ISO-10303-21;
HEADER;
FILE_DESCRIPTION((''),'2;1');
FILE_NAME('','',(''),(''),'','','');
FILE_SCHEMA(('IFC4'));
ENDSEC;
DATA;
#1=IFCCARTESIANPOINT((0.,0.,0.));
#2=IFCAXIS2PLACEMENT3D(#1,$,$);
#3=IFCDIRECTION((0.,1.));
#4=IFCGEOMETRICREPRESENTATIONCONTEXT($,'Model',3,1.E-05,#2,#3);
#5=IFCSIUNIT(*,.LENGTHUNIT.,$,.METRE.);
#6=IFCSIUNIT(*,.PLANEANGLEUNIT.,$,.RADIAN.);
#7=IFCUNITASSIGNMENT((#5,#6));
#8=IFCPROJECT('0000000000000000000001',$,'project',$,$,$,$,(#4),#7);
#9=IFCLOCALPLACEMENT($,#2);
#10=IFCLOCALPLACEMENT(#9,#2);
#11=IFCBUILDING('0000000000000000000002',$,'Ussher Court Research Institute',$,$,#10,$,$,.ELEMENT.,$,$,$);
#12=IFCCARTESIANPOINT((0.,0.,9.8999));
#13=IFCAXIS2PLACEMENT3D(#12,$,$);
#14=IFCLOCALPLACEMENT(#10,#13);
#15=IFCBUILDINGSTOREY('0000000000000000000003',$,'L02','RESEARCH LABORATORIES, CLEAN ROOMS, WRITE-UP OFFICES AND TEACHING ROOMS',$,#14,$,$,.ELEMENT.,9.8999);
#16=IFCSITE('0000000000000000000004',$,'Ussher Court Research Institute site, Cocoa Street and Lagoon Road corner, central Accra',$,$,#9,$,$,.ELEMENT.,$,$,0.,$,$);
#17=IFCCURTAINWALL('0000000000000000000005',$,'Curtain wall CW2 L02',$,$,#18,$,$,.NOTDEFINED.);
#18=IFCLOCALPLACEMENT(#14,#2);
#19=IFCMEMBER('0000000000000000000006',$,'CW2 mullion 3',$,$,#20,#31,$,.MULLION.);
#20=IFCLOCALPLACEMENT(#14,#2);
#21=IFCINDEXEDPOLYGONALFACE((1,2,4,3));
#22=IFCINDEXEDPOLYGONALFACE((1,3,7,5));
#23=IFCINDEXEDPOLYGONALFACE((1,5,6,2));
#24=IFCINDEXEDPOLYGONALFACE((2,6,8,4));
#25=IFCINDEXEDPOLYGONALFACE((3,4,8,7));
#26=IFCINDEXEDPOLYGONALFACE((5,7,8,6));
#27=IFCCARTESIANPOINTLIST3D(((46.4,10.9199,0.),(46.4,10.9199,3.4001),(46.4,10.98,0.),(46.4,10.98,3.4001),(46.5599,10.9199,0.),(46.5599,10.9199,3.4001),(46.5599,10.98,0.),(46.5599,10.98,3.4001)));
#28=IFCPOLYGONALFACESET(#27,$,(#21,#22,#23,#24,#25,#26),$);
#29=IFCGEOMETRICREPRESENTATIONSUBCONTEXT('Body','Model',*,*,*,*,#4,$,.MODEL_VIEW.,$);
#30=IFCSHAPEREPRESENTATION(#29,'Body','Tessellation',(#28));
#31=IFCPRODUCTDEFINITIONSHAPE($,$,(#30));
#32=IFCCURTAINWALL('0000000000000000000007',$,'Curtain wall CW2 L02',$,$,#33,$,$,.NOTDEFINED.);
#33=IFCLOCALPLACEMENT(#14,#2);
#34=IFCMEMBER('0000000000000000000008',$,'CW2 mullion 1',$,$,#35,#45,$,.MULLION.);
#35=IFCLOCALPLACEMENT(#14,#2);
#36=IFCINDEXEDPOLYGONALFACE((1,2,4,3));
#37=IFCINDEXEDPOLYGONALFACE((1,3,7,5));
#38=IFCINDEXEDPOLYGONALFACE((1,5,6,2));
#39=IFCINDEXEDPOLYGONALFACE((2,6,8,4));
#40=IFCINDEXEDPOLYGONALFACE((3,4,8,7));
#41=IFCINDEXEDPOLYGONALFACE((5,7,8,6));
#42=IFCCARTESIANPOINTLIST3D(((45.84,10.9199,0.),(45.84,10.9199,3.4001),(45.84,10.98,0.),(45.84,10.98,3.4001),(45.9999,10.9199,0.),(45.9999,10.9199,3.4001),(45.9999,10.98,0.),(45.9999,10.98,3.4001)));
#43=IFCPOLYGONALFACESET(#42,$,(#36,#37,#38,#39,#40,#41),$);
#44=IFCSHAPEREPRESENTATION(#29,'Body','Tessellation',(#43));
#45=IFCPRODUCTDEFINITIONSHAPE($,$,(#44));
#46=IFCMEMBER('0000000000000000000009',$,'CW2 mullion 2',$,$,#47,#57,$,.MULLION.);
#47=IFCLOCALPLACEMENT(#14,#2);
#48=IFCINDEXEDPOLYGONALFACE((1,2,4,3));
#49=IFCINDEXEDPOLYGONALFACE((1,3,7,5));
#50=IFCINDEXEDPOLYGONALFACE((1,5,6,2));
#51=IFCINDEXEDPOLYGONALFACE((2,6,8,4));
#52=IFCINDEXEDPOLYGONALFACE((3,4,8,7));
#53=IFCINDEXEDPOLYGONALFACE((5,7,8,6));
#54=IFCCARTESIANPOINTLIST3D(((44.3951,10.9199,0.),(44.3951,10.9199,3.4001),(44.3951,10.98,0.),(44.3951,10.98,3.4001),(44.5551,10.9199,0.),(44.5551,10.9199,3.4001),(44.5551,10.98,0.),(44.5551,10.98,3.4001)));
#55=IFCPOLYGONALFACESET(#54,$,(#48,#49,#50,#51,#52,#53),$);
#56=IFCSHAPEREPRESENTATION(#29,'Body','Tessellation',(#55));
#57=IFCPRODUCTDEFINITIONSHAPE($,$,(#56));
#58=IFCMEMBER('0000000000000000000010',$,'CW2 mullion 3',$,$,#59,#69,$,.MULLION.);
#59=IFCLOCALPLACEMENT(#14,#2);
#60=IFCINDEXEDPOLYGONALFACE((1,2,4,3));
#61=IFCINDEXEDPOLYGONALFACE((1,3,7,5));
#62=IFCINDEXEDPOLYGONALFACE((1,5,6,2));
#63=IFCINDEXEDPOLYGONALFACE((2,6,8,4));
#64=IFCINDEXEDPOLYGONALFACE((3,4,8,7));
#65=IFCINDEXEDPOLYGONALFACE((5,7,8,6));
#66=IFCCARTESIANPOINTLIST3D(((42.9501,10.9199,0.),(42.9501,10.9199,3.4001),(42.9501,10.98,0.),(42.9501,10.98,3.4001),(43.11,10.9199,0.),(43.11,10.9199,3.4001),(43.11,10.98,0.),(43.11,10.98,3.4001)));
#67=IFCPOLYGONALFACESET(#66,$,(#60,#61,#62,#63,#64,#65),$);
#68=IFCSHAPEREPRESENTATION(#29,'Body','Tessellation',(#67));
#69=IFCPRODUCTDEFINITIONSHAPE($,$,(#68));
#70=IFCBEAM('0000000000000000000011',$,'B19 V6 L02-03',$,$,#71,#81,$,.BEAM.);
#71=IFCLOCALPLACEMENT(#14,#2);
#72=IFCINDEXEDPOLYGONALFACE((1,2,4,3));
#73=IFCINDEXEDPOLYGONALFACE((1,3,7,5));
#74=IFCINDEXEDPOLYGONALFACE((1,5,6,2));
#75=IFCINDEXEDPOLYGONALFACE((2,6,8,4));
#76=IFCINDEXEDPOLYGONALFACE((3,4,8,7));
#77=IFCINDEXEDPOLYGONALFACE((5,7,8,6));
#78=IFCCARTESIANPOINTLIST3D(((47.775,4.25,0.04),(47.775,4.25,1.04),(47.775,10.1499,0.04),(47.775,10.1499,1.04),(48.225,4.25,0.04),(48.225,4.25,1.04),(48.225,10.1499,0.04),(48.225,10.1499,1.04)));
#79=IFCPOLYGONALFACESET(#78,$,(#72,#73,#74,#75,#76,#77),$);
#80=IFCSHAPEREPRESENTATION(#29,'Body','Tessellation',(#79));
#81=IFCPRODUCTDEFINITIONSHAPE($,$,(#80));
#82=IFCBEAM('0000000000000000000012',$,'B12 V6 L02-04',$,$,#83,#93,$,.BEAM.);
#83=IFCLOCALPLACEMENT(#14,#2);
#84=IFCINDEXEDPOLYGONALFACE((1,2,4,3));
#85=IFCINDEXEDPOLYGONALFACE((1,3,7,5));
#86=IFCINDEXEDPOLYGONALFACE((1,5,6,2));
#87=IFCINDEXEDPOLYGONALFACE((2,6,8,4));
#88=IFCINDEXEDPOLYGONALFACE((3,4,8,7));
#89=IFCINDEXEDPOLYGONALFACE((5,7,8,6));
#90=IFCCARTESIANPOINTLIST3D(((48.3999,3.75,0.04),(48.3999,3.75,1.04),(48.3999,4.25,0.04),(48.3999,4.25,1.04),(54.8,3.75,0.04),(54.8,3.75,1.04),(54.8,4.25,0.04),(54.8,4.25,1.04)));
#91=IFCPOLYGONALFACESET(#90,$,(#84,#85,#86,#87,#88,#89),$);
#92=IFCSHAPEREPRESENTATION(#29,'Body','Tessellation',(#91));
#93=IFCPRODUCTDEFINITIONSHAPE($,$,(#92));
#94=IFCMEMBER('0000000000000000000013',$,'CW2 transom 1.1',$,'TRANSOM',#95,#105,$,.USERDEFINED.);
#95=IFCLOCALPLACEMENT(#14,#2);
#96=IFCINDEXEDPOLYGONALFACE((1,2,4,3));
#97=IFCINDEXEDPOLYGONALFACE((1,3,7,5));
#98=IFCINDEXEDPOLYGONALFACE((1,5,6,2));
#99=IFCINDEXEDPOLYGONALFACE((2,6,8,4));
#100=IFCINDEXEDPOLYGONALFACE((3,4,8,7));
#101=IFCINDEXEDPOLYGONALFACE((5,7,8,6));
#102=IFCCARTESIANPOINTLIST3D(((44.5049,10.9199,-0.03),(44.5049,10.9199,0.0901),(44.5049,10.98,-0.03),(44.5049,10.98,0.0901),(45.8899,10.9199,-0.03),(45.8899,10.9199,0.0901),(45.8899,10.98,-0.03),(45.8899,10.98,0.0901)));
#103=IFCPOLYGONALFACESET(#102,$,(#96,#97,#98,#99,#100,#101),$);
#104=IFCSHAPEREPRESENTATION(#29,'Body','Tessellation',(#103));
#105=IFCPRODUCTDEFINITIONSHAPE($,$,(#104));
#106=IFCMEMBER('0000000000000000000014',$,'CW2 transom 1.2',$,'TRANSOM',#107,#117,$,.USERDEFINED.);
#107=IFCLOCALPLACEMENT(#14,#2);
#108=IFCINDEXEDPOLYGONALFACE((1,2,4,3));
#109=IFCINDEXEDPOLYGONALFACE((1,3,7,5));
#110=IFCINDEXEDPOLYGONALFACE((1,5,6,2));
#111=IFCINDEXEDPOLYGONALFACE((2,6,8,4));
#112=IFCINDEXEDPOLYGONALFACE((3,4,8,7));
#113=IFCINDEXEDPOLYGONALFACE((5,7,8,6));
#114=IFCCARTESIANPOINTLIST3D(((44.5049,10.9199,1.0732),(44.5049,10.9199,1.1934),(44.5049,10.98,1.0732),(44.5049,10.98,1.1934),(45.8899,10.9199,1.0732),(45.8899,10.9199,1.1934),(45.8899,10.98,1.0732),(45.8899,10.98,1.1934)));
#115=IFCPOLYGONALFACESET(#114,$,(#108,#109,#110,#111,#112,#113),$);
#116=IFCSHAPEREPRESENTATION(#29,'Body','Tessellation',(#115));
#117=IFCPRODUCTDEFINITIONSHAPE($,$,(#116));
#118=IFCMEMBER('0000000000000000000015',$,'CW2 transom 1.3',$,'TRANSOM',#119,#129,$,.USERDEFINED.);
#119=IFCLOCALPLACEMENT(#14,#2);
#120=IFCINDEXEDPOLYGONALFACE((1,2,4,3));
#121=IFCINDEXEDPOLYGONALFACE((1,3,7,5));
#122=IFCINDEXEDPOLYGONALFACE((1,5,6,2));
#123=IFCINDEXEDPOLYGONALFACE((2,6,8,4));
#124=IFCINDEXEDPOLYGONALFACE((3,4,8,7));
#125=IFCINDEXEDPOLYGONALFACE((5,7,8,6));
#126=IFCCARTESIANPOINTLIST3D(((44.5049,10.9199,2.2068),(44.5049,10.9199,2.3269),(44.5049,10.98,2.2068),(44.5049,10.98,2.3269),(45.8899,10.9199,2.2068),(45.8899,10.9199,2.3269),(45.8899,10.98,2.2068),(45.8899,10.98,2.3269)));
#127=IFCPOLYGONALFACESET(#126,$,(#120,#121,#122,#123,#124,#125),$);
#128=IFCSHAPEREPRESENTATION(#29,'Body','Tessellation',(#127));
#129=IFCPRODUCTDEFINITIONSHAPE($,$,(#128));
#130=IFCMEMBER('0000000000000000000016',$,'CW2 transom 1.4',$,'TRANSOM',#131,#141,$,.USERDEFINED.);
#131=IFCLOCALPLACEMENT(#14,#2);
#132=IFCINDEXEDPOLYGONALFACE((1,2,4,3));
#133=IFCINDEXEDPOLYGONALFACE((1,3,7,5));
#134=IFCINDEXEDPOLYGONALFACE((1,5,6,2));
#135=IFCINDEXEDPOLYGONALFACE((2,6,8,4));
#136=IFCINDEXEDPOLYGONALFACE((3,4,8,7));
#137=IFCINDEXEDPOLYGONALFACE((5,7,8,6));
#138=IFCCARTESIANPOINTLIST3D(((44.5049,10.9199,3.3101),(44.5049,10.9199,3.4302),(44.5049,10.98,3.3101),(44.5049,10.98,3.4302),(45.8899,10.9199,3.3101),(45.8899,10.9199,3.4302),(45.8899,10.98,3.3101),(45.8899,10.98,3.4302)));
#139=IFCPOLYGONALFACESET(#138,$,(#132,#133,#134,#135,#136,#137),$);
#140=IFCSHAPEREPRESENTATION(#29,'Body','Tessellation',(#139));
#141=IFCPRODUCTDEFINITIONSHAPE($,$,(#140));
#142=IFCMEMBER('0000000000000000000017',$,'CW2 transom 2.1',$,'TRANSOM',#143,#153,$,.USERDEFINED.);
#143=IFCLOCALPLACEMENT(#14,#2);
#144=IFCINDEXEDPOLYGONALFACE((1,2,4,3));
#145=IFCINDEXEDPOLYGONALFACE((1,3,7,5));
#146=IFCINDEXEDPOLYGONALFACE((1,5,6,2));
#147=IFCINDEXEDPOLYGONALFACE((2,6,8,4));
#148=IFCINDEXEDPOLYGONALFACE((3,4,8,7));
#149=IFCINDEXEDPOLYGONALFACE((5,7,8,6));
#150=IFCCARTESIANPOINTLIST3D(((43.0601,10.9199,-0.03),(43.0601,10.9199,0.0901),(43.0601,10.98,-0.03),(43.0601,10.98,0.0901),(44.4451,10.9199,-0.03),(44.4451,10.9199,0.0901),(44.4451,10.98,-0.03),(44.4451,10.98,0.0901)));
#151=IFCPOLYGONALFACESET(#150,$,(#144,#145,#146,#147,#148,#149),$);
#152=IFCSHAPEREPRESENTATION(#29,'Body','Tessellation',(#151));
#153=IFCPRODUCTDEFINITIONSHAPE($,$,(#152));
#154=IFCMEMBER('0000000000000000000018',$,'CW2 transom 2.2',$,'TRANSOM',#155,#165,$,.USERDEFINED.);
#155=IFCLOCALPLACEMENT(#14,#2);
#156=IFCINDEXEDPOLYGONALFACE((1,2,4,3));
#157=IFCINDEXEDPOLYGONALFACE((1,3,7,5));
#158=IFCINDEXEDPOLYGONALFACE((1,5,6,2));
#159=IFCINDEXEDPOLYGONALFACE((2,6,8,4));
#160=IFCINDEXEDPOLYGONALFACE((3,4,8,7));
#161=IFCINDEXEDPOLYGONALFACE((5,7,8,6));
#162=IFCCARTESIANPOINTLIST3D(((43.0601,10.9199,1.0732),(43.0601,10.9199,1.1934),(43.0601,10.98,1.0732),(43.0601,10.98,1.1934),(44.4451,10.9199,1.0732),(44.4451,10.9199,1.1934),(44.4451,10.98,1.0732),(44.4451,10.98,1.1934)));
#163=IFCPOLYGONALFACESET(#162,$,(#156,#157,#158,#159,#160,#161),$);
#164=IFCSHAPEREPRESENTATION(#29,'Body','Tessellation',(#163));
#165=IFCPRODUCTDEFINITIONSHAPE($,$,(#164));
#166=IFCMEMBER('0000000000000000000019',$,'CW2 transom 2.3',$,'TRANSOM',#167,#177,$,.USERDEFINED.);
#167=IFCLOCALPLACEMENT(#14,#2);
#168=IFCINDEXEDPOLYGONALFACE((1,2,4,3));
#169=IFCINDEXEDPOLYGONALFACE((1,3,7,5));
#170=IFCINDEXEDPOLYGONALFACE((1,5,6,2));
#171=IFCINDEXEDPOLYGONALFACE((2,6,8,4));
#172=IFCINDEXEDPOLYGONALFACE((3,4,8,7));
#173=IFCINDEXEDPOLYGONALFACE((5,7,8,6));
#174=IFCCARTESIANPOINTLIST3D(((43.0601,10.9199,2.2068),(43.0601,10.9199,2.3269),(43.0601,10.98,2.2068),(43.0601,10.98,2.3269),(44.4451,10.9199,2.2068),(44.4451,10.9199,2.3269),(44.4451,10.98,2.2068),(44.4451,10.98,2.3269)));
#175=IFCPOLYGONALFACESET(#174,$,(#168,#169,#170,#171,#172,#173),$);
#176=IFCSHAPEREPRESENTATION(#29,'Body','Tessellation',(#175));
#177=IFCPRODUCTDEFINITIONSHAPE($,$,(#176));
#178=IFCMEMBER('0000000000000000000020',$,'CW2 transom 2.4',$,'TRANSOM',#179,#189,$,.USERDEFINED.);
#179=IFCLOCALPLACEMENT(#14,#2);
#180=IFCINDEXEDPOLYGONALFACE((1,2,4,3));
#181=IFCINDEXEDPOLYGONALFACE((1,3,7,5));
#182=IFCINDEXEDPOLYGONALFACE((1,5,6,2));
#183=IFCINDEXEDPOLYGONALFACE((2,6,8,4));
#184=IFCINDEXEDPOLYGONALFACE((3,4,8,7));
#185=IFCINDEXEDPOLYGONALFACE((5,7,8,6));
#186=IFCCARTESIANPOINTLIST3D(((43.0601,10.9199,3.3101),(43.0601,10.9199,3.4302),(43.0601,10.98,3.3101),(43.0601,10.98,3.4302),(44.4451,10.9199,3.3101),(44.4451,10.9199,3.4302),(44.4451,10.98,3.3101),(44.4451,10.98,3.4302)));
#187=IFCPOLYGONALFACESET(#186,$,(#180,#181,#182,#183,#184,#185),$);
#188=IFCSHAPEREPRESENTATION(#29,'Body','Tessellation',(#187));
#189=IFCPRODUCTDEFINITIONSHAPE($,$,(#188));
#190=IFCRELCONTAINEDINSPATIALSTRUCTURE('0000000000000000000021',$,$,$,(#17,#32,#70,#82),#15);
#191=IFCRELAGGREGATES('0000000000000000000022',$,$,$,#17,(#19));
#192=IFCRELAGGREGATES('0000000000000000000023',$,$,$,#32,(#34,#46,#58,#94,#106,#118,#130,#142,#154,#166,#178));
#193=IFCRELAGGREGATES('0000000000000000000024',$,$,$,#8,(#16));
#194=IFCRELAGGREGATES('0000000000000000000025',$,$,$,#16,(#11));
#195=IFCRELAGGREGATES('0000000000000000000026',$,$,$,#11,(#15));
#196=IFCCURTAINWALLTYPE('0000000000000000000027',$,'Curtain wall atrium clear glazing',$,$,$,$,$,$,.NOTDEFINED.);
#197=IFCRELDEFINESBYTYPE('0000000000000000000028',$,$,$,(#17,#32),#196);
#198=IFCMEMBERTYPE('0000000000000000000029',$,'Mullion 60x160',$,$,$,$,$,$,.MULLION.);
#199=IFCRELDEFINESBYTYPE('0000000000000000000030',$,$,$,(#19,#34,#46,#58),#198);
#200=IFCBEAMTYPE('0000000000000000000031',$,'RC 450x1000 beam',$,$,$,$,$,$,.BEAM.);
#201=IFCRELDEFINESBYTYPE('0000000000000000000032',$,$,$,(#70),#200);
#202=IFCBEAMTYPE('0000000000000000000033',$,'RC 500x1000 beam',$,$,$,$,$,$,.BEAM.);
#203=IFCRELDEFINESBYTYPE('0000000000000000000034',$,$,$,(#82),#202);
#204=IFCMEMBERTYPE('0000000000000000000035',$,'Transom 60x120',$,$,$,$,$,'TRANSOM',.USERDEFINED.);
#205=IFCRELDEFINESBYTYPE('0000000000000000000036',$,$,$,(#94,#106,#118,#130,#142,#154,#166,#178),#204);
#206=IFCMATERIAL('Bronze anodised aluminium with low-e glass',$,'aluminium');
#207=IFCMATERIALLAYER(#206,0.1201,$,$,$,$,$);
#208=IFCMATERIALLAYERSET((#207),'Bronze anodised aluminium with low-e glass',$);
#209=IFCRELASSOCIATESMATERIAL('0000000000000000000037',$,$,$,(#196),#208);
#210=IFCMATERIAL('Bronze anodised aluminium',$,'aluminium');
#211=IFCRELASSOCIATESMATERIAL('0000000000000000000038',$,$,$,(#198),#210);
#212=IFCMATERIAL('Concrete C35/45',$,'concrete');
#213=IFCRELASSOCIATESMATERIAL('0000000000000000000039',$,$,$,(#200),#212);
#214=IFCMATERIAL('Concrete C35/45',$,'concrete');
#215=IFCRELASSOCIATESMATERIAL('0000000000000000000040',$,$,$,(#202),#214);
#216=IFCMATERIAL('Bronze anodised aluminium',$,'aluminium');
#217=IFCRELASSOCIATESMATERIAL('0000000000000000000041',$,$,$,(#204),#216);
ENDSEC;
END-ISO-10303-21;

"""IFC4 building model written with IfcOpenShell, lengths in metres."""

from ifc_helpers import new_model, si_unit, direction, frame, origin, origin_2d, place, context, subcontext, project, spatial, rectangle, extrude, material, layer, layer_set, material_profile, profile_set, type_object, element, aggregate, save


model = new_model("IFC4")

# Units and contexts
model_context = context("Model", 3, precision=1e-05, world=origin(), true_north=direction((0.0, 1.0)))
body_context = subcontext(model_context, "Body", "Model", "MODEL_VIEW")
ifc_project = project(units=[si_unit("LENGTHUNIT", "METRE"), si_unit("PLANEANGLEUNIT", "RADIAN")], contexts=[model_context])

# Site, building, storey
site_placement = place(None, origin())
site = spatial("IfcSite", under=ifc_project, at=site_placement, Name="Ussher Court Research Institute site, Cocoa Street and Lagoon Road corner, central Accra", CompositionType="ELEMENT", RefElevation=0.0)
building_placement = place(site_placement, origin())
building = spatial("IfcBuilding", under=site, at=building_placement, Name="Ussher Court Research Institute", CompositionType="ELEMENT")
storey_placement = place(building_placement, frame((0.0, 0.0, 9.8999)))
storey = spatial("IfcBuildingStorey", under=building, at=storey_placement, Name="L02", Description="RESEARCH LABORATORIES, CLEAN ROOMS, WRITE-UP OFFICES AND TEACHING ROOMS", CompositionType="ELEMENT", Elevation=9.8999)

# Curtain wall, member
ifc_material_1 = material(Name="Bronze anodised aluminium with low-e glass", Category="aluminium")
ifc_layer_1 = layer(ifc_material_1, 0.1201)
ifc_layer_set_1 = layer_set([ifc_layer_1], Name="Bronze anodised aluminium with low-e glass")
curtain_wall_type = type_object("IfcCurtainWallType", Name="Curtain wall atrium clear glazing", PredefinedType="NOTDEFINED", material=ifc_layer_set_1)
curtain_wall_1_placement = place(storey_placement, origin())
curtain_wall_1 = element("IfcCurtainWall", 1, at=curtain_wall_1_placement, inside=storey, type_object=curtain_wall_type, Name="Curtain wall CW2 L02", PredefinedType="NOTDEFINED")
ifc_material_2 = material(Name="Bronze anodised aluminium", Category="aluminium")
ifc_material_profile_1 = material_profile(ifc_material_2, rectangle(XDim=0.0601, YDim=0.1599, at=origin_2d()), Name="Mullion 60x160")
ifc_profile_set_1 = profile_set([ifc_material_profile_1], Name="Bronze anodised aluminium")
member_type_1 = type_object("IfcMemberType", Name="Mullion 60x160", PredefinedType="MULLION", material=ifc_profile_set_1)
member_1_placement = place(storey_placement, frame((46.48, 10.95, 0.0), z_axis=(0.0, 0.0, 1.0), x_axis=(0.0, -1.0, 0.0)))
member_1 = element("IfcMember", 2, at=member_1_placement, type_object=member_type_1, Name="CW2 mullion 3", PredefinedType="MULLION", context=body_context, shape_type="SweptSolid", body=[
    extrude(rectangle(XDim=0.0601, YDim=0.1599, at=origin_2d()), origin(), (0.0, 0.0, 1.0), 3.4001),
])

# Curtain wall, members
curtain_wall_2_placement = place(storey_placement, origin())
curtain_wall_2 = element("IfcCurtainWall", 3, at=curtain_wall_2_placement, inside=storey, type_object=curtain_wall_type, Name="Curtain wall CW2 L02", PredefinedType="NOTDEFINED")
member_2_placement = place(storey_placement, frame((45.9199, 10.95, 0.0), z_axis=(0.0, 0.0, 1.0), x_axis=(0.0, -1.0, 0.0)))
member_2 = element("IfcMember", 4, at=member_2_placement, type_object=member_type_1, Name="CW2 mullion 1", PredefinedType="MULLION", context=body_context, shape_type="SweptSolid", body=[
    extrude(rectangle(XDim=0.0601, YDim=0.1599, at=origin_2d()), origin(), (0.0, 0.0, 1.0), 3.4001),
])
member_3_placement = place(storey_placement, frame((44.4751, 10.95, 0.0), z_axis=(0.0, 0.0, 1.0), x_axis=(0.0, -1.0, 0.0)))
member_3 = element("IfcMember", 5, at=member_3_placement, type_object=member_type_1, Name="CW2 mullion 2", PredefinedType="MULLION", context=body_context, shape_type="SweptSolid", body=[
    extrude(rectangle(XDim=0.0601, YDim=0.1599, at=origin_2d()), origin(), (0.0, 0.0, 1.0), 3.4001),
])
member_4_placement = place(storey_placement, frame((43.03, 10.95, 0.0), z_axis=(0.0, 0.0, 1.0), x_axis=(0.0, -1.0, 0.0)))
member_4 = element("IfcMember", 6, at=member_4_placement, type_object=member_type_1, Name="CW2 mullion 3", PredefinedType="MULLION", context=body_context, shape_type="SweptSolid", body=[
    extrude(rectangle(XDim=0.0601, YDim=0.1599, at=origin_2d()), origin(), (0.0, 0.0, 1.0), 3.4001),
])

# Beams
ifc_material_3 = material(Name="Concrete C35/45", Category="concrete")
ifc_material_profile_2 = material_profile(ifc_material_3, rectangle(XDim=0.45, YDim=1.0, at=origin_2d()), Name="RC 450x1000")
ifc_profile_set_2 = profile_set([ifc_material_profile_2], Name="Concrete C35/45")
beam_type_1 = type_object("IfcBeamType", Name="RC 450x1000 beam", PredefinedType="BEAM", material=ifc_profile_set_2)
beam_1_placement = place(storey_placement, frame((48.0, 4.25, 0.54), z_axis=(0.0, 1.0, 0.0), x_axis=(-1.0, 0.0, 0.0)))
element("IfcBeam", 7, at=beam_1_placement, inside=storey, type_object=beam_type_1, Name="B19 V6 L02-03", PredefinedType="BEAM", context=body_context, shape_type="SweptSolid", body=[
    extrude(rectangle(XDim=0.45, YDim=1.0, at=origin_2d()), origin(), (0.0, 0.0, 1.0), 5.8999),
])
ifc_material_4 = material(Name="Concrete C35/45", Category="concrete")
ifc_material_profile_3 = material_profile(ifc_material_4, rectangle(XDim=0.5, YDim=1.0, at=origin_2d()), Name="RC 500x1000")
ifc_profile_set_3 = profile_set([ifc_material_profile_3], Name="Concrete C35/45")
beam_type_2 = type_object("IfcBeamType", Name="RC 500x1000 beam", PredefinedType="BEAM", material=ifc_profile_set_3)
beam_2_placement = place(storey_placement, frame((48.3999, 4.0, 0.54), z_axis=(1.0, 0.0, 0.0), x_axis=(0.0, 1.0, 0.0)))
element("IfcBeam", 8, at=beam_2_placement, inside=storey, type_object=beam_type_2, Name="B12 V6 L02-04", PredefinedType="BEAM", context=body_context, shape_type="SweptSolid", body=[
    extrude(rectangle(XDim=0.5, YDim=1.0, at=origin_2d()), origin(), (0.0, 0.0, 1.0), 6.4001),
])

# Members
ifc_material_5 = material(Name="Bronze anodised aluminium", Category="aluminium")
ifc_material_profile_4 = material_profile(ifc_material_5, rectangle(XDim=0.0601, YDim=0.1201, at=origin_2d()), Name="Transom 60x120")
ifc_profile_set_4 = profile_set([ifc_material_profile_4], Name="Bronze anodised aluminium")
member_type_2 = type_object("IfcMemberType", Name="Transom 60x120", ElementType="TRANSOM", PredefinedType="USERDEFINED", material=ifc_profile_set_4)
member_5_placement = place(storey_placement, frame((45.8899, 10.95, 0.03), z_axis=(-1.0, 0.0, 0.0), x_axis=(0.0, -1.0, 0.0)))
member_5 = element("IfcMember", 9, at=member_5_placement, type_object=member_type_2, Name="CW2 transom 1.1", ObjectType="TRANSOM", PredefinedType="USERDEFINED", context=body_context, shape_type="SweptSolid", body=[
    extrude(rectangle(XDim=0.0601, YDim=0.1201, at=origin_2d()), origin(), (0.0, 0.0, 1.0), 1.385),
])
member_6_placement = place(storey_placement, frame((45.8899, 10.95, 1.1333), z_axis=(-1.0, 0.0, 0.0), x_axis=(0.0, -1.0, 0.0)))
member_6 = element("IfcMember", 10, at=member_6_placement, type_object=member_type_2, Name="CW2 transom 1.2", ObjectType="TRANSOM", PredefinedType="USERDEFINED", context=body_context, shape_type="SweptSolid", body=[
    extrude(rectangle(XDim=0.0601, YDim=0.1201, at=origin_2d()), origin(), (0.0, 0.0, 1.0), 1.385),
])
member_7_placement = place(storey_placement, frame((45.8899, 10.95, 2.2668), z_axis=(-1.0, 0.0, 0.0), x_axis=(0.0, -1.0, 0.0)))
member_7 = element("IfcMember", 11, at=member_7_placement, type_object=member_type_2, Name="CW2 transom 1.3", ObjectType="TRANSOM", PredefinedType="USERDEFINED", context=body_context, shape_type="SweptSolid", body=[
    extrude(rectangle(XDim=0.0601, YDim=0.1201, at=origin_2d()), origin(), (0.0, 0.0, 1.0), 1.385),
])
member_8_placement = place(storey_placement, frame((45.8899, 10.95, 3.3701), z_axis=(-1.0, 0.0, 0.0), x_axis=(0.0, -1.0, 0.0)))
member_8 = element("IfcMember", 12, at=member_8_placement, type_object=member_type_2, Name="CW2 transom 1.4", ObjectType="TRANSOM", PredefinedType="USERDEFINED", context=body_context, shape_type="SweptSolid", body=[
    extrude(rectangle(XDim=0.0601, YDim=0.1201, at=origin_2d()), origin(), (0.0, 0.0, 1.0), 1.385),
])
member_9_placement = place(storey_placement, frame((44.4451, 10.95, 0.03), z_axis=(-1.0, 0.0, 0.0), x_axis=(0.0, -1.0, 0.0)))
member_9 = element("IfcMember", 13, at=member_9_placement, type_object=member_type_2, Name="CW2 transom 2.1", ObjectType="TRANSOM", PredefinedType="USERDEFINED", context=body_context, shape_type="SweptSolid", body=[
    extrude(rectangle(XDim=0.0601, YDim=0.1201, at=origin_2d()), origin(), (0.0, 0.0, 1.0), 1.385),
])
member_10_placement = place(storey_placement, frame((44.4451, 10.95, 1.1333), z_axis=(-1.0, 0.0, 0.0), x_axis=(0.0, -1.0, 0.0)))
member_10 = element("IfcMember", 14, at=member_10_placement, type_object=member_type_2, Name="CW2 transom 2.2", ObjectType="TRANSOM", PredefinedType="USERDEFINED", context=body_context, shape_type="SweptSolid", body=[
    extrude(rectangle(XDim=0.0601, YDim=0.1201, at=origin_2d()), origin(), (0.0, 0.0, 1.0), 1.385),
])
member_11_placement = place(storey_placement, frame((44.4451, 10.95, 2.2668), z_axis=(-1.0, 0.0, 0.0), x_axis=(0.0, -1.0, 0.0)))
member_11 = element("IfcMember", 15, at=member_11_placement, type_object=member_type_2, Name="CW2 transom 2.3", ObjectType="TRANSOM", PredefinedType="USERDEFINED", context=body_context, shape_type="SweptSolid", body=[
    extrude(rectangle(XDim=0.0601, YDim=0.1201, at=origin_2d()), origin(), (0.0, 0.0, 1.0), 1.385),
])
member_12_placement = place(storey_placement, frame((44.4451, 10.95, 3.3701), z_axis=(-1.0, 0.0, 0.0), x_axis=(0.0, -1.0, 0.0)))
member_12 = element("IfcMember", 16, at=member_12_placement, type_object=member_type_2, Name="CW2 transom 2.4", ObjectType="TRANSOM", PredefinedType="USERDEFINED", context=body_context, shape_type="SweptSolid", body=[
    extrude(rectangle(XDim=0.0601, YDim=0.1201, at=origin_2d()), origin(), (0.0, 0.0, 1.0), 1.385),
])

aggregate(curtain_wall_1, [member_1])
aggregate(curtain_wall_2, [member_2, member_3, member_4, member_5, member_6, member_7, member_8, member_9, member_10, member_11, member_12])

save(model, "model.ifc")
